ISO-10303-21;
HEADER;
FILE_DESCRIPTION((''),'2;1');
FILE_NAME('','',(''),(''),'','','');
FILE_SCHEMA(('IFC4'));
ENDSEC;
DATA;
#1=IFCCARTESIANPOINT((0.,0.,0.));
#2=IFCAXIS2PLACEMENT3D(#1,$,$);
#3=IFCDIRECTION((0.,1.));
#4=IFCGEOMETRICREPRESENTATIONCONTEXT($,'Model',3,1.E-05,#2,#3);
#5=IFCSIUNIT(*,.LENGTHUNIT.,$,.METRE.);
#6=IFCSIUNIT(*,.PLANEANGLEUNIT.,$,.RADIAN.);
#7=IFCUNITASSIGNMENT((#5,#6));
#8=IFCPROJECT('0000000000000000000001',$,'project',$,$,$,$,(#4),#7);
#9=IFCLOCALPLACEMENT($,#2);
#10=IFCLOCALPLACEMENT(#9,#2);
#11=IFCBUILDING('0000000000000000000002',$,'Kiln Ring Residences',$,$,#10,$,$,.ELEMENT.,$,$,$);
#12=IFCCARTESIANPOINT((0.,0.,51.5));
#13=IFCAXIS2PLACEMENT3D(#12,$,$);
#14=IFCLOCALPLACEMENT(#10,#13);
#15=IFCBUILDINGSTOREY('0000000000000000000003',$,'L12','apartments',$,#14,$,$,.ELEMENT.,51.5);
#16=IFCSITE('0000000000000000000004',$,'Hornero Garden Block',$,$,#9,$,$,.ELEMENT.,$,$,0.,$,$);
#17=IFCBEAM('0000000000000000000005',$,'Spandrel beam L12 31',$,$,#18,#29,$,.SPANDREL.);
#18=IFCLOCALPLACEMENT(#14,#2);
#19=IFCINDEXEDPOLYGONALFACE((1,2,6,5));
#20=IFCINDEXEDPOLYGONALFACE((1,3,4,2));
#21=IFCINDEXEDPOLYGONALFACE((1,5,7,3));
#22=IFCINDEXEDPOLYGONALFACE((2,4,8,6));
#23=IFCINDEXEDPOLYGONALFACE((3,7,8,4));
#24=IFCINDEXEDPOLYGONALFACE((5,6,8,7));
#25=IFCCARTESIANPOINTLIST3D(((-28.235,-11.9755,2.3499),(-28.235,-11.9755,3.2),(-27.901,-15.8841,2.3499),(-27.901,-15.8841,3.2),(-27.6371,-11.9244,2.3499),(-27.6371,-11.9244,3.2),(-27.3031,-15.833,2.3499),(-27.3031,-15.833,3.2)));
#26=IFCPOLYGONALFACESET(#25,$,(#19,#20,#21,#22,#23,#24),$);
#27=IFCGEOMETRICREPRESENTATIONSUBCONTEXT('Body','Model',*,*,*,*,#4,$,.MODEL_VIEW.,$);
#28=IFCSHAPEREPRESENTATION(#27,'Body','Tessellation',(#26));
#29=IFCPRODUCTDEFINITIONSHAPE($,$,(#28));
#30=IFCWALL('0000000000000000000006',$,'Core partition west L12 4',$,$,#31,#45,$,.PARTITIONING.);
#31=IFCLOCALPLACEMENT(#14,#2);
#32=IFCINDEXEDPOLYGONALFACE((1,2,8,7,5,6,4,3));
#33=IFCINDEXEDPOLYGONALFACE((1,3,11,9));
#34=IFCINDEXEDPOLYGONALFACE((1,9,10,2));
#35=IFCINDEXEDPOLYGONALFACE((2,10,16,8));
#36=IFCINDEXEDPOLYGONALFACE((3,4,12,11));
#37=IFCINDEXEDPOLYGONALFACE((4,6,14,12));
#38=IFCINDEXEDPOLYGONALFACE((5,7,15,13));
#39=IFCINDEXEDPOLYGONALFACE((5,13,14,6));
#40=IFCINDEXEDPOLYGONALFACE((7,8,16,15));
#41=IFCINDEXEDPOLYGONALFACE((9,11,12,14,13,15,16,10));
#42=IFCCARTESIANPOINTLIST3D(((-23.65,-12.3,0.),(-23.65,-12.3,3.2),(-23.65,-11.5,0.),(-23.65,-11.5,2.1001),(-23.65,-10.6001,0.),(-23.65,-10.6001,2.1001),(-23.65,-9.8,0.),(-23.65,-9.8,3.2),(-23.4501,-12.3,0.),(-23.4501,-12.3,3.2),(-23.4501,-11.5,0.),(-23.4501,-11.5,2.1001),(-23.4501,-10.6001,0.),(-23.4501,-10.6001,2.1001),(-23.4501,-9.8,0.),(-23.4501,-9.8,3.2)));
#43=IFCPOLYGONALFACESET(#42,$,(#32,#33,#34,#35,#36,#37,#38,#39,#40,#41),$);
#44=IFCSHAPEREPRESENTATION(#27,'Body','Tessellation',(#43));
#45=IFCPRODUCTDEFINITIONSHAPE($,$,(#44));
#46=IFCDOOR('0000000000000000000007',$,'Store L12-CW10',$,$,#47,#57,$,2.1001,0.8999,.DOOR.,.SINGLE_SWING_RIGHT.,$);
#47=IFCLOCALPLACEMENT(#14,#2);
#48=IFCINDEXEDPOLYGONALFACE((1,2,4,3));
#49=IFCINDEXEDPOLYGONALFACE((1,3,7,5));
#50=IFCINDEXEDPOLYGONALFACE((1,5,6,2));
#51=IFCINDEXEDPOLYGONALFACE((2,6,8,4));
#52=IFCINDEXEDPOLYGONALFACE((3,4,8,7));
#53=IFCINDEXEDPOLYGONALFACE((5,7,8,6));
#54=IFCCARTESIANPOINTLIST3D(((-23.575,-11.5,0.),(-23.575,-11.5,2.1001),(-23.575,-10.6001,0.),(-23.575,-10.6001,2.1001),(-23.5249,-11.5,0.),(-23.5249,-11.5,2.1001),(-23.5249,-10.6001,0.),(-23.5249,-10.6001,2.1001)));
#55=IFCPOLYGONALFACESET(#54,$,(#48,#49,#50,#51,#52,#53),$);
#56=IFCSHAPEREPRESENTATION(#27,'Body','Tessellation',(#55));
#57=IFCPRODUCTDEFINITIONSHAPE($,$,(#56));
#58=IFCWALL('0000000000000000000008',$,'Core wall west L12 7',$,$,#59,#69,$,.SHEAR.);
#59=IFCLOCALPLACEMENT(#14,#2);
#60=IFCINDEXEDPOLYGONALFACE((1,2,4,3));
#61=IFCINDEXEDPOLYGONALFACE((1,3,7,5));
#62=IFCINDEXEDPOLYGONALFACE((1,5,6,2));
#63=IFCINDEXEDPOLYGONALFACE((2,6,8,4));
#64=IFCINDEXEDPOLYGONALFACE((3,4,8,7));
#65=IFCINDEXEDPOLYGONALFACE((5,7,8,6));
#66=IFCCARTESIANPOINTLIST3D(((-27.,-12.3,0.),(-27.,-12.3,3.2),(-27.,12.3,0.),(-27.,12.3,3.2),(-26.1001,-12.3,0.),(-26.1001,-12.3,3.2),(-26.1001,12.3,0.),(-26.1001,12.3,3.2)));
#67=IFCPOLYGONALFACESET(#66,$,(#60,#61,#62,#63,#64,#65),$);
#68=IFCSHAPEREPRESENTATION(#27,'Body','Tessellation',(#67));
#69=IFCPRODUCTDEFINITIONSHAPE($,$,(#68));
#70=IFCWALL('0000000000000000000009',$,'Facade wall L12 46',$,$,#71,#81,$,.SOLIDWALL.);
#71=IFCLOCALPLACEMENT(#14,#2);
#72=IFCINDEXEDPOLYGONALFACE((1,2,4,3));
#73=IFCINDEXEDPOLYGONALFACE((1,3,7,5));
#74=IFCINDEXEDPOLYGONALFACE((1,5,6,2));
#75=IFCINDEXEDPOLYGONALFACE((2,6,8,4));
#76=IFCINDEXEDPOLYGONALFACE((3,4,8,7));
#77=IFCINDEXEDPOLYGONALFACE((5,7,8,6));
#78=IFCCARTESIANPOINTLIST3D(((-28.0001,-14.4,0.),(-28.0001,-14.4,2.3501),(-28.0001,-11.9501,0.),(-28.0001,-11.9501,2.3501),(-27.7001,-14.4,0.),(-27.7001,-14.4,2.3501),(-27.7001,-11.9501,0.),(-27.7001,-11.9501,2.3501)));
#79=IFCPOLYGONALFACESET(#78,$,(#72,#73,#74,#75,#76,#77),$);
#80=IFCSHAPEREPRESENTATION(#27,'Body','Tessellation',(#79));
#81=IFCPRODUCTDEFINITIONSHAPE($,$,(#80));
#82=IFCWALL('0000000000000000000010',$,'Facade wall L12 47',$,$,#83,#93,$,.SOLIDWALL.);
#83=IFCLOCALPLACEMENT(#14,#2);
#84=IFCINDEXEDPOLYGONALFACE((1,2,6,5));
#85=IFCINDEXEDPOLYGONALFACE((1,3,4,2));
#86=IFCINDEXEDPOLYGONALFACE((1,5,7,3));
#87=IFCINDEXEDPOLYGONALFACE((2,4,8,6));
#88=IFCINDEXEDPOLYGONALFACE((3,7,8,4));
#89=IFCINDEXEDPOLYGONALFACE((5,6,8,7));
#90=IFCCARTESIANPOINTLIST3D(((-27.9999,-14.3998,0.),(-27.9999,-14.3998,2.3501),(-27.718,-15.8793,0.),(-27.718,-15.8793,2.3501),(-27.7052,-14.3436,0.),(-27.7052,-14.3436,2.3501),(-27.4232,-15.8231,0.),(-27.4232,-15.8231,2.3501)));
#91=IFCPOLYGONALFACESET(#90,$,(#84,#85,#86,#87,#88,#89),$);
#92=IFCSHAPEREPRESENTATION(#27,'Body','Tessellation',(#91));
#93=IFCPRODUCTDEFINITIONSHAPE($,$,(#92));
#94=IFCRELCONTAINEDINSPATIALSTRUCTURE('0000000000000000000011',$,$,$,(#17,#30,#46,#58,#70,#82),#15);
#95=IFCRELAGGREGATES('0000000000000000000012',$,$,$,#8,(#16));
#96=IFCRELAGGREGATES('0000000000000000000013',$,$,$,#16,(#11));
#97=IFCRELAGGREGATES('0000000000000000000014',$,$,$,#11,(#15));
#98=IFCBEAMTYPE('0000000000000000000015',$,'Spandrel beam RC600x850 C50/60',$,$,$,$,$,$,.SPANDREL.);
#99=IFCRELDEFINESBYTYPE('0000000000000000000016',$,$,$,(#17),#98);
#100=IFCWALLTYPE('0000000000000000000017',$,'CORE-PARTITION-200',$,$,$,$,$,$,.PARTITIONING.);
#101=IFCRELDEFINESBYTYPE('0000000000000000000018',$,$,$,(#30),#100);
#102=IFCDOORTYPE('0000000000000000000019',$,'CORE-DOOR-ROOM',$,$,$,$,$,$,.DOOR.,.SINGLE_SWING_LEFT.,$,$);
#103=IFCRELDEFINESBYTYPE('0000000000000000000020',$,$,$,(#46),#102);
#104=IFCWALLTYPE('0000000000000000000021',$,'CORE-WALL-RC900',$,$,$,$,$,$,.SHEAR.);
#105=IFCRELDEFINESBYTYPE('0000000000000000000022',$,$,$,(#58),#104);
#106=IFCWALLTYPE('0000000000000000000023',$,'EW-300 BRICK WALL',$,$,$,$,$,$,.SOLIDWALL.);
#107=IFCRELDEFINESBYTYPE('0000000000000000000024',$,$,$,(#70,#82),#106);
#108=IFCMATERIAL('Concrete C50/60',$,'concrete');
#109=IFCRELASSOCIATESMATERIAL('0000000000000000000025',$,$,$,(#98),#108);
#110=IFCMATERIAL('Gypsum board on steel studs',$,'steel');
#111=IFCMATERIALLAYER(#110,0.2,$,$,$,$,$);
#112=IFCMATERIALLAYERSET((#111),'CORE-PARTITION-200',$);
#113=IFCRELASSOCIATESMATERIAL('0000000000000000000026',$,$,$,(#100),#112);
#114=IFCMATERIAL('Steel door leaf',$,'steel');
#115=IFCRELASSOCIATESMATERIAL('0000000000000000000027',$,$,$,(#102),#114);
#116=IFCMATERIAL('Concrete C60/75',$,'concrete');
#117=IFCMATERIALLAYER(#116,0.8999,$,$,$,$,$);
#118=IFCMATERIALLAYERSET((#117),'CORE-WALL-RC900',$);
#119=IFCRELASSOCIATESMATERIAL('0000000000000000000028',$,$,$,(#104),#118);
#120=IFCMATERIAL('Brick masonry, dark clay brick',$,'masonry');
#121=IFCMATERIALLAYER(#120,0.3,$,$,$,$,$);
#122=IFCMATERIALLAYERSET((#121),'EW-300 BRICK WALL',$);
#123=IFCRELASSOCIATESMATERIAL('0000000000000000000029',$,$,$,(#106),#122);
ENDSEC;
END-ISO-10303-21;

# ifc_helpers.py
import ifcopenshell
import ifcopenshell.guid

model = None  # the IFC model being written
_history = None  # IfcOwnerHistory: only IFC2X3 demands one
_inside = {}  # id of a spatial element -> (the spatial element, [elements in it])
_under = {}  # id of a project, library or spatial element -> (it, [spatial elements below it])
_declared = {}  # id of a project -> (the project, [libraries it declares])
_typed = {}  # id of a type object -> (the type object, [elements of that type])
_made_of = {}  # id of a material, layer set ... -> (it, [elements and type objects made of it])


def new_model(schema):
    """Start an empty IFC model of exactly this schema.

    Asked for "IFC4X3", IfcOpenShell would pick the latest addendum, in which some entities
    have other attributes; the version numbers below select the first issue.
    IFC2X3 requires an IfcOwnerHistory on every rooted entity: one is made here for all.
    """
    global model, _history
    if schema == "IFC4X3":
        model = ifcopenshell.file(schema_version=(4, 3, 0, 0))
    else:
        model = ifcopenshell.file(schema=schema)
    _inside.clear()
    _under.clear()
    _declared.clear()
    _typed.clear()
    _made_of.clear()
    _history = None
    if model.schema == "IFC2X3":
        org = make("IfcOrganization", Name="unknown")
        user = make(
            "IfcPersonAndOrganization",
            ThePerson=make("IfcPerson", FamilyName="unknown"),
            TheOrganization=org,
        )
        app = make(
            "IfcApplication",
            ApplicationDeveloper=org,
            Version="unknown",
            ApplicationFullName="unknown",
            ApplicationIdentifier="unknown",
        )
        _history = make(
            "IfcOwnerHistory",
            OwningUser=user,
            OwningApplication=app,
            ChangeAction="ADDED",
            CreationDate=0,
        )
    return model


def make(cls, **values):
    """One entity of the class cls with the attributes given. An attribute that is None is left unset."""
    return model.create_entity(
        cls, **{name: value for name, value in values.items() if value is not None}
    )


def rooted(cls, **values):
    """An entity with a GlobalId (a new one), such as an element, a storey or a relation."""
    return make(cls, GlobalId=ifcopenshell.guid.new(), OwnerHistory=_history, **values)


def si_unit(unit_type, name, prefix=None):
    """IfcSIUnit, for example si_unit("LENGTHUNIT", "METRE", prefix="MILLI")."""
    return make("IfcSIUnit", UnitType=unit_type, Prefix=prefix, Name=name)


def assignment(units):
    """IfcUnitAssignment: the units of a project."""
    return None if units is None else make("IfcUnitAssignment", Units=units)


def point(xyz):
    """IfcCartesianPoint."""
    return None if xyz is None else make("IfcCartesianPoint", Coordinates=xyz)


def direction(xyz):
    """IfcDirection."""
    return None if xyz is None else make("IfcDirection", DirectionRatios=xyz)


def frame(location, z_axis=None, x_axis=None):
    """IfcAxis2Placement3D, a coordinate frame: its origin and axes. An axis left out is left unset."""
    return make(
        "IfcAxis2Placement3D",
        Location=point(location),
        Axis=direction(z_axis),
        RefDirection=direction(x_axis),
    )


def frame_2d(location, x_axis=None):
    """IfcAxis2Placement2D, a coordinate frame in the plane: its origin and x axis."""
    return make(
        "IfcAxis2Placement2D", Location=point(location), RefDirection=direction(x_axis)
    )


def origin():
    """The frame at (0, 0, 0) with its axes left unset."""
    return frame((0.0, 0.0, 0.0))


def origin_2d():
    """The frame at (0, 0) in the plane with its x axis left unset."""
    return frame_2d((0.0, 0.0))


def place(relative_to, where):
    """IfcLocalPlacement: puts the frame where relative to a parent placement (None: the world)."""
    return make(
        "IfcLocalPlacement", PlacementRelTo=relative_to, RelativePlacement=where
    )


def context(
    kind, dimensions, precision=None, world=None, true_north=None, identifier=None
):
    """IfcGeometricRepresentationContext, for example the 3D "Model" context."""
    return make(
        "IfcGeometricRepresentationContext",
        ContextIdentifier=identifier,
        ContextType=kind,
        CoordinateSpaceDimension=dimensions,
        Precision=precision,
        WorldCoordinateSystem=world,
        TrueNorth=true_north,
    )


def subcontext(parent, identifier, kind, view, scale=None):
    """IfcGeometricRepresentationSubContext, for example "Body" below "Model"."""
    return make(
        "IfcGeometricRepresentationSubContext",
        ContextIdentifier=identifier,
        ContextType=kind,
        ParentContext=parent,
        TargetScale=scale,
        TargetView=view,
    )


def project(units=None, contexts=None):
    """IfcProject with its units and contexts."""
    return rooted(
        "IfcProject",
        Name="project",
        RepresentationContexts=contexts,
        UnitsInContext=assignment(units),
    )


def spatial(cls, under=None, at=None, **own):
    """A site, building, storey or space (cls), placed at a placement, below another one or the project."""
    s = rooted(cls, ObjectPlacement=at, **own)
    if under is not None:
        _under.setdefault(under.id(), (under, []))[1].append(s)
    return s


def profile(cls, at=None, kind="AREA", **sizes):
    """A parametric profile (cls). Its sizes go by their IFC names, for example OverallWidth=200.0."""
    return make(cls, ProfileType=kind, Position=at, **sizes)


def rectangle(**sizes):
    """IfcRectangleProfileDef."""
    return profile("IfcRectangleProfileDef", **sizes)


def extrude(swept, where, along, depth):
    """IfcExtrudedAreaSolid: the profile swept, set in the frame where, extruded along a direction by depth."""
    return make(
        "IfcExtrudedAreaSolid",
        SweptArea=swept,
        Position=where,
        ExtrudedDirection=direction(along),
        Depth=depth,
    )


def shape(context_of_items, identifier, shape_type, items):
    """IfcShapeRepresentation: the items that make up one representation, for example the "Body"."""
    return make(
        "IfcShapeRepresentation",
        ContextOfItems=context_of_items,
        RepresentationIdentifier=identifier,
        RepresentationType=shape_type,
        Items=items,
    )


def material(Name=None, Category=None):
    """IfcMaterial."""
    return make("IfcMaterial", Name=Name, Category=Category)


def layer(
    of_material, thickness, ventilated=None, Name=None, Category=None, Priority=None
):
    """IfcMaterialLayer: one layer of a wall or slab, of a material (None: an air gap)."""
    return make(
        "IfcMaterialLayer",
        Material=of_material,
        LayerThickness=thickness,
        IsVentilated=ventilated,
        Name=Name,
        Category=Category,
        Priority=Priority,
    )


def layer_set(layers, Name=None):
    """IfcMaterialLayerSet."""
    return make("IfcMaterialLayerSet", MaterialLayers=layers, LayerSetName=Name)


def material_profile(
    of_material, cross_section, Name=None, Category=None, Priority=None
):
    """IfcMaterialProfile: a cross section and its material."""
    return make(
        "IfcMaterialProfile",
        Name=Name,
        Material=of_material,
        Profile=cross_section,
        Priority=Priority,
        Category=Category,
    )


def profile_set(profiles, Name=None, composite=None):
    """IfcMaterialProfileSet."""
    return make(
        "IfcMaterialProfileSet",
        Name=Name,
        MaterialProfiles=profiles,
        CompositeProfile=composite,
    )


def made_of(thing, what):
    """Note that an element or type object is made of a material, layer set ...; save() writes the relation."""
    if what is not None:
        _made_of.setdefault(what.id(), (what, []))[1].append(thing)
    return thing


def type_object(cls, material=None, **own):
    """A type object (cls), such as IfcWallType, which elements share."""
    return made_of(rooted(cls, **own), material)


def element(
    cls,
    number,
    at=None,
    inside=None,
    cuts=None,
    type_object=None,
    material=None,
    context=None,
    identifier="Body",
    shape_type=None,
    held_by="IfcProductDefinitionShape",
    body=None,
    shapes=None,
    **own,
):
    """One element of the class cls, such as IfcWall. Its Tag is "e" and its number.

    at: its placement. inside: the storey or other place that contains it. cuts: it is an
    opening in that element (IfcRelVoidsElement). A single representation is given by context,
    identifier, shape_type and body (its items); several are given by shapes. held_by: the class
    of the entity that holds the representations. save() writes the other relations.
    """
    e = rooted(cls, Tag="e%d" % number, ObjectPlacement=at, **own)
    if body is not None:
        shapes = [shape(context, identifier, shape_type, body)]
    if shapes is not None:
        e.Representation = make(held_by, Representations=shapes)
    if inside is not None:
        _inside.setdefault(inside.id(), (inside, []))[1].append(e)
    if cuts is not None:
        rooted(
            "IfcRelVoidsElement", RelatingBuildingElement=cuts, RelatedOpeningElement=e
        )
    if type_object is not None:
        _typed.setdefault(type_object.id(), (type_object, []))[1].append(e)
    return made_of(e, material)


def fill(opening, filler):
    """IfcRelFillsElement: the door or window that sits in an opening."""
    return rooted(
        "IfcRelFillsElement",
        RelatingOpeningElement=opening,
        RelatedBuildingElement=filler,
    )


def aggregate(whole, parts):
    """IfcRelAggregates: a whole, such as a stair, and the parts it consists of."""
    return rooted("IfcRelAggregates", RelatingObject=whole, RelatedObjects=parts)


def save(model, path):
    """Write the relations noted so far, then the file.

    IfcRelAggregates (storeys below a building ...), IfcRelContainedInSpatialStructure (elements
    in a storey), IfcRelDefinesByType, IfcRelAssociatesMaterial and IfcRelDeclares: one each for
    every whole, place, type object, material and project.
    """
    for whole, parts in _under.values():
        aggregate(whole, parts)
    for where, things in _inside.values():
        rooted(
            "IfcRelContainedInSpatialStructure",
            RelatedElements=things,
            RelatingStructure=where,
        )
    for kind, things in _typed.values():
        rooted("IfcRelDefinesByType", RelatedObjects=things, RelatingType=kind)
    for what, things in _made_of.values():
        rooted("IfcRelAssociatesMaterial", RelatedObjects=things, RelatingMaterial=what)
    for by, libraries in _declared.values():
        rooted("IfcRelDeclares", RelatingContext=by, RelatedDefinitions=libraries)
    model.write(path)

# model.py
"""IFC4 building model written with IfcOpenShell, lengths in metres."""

from ifc_helpers import new_model, si_unit, direction, frame, frame_2d, origin, origin_2d, place, context, subcontext, project, spatial, rectangle, extrude, material, layer, layer_set, material_profile, profile_set, type_object, element, fill, save


model = new_model("IFC4")

# Units and contexts
model_context = context("Model", 3, precision=1e-05, world=origin(), true_north=direction((0.0, 1.0)))
body_context = subcontext(model_context, "Body", "Model", "MODEL_VIEW")
ifc_project = project(units=[si_unit("LENGTHUNIT", "METRE"), si_unit("PLANEANGLEUNIT", "RADIAN")], contexts=[model_context])

# Site, building, storey
site_placement = place(None, origin())
site = spatial("IfcSite", under=ifc_project, at=site_placement, Name="Hornero Garden Block", CompositionType="ELEMENT", RefElevation=0.0)
building_placement = place(site_placement, origin())
building = spatial("IfcBuilding", under=site, at=building_placement, Name="Kiln Ring Residences", CompositionType="ELEMENT")
storey_placement = place(building_placement, frame((0.0, 0.0, 51.5)))
storey = spatial("IfcBuildingStorey", under=building, at=storey_placement, Name="L12", Description="apartments", CompositionType="ELEMENT", Elevation=51.5)

# Beam
ifc_material_1 = material(Name="Concrete C50/60", Category="concrete")
ifc_material_profile = material_profile(ifc_material_1, rectangle(XDim=0.6001, YDim=0.8501, at=origin_2d()), Name="RC600x850")
ifc_profile_set = profile_set([ifc_material_profile], Name="Concrete C50/60")
beam_type = type_object("IfcBeamType", Name="Spandrel beam RC600x850 C50/60", PredefinedType="SPANDREL", material=ifc_profile_set)
beam_placement = place(storey_placement, frame((-27.936, -11.95, 2.7749), z_axis=(0.085136, -0.996369, 0.0), x_axis=(0.996369, 0.085136, 0.0)))
element("IfcBeam", 1, at=beam_placement, inside=storey, type_object=beam_type, Name="Spandrel beam L12 31", PredefinedType="SPANDREL", context=body_context, shape_type="SweptSolid", body=[
    extrude(rectangle(XDim=0.6001, YDim=0.8501, at=origin_2d()), origin(), (0.0, 0.0, 1.0), 3.9229),
])

# Wall, opening, door
ifc_material_2 = material(Name="Gypsum board on steel studs", Category="steel")
ifc_layer_1 = layer(ifc_material_2, 0.2)
ifc_layer_set_1 = layer_set([ifc_layer_1], Name="CORE-PARTITION-200")
wall_type_1 = type_object("IfcWallType", Name="CORE-PARTITION-200", PredefinedType="PARTITIONING", material=ifc_layer_set_1)
wall_1_placement = place(storey_placement, frame((-23.55, -12.3, 0.0), z_axis=(0.0, 0.0, 1.0), x_axis=(0.0, 1.0, 0.0)))
wall_1 = element("IfcWall", 2, at=wall_1_placement, inside=storey, type_object=wall_type_1, Name="Core partition west L12 4", PredefinedType="PARTITIONING", context=body_context, shape_type="SweptSolid", body=[
    extrude(rectangle(XDim=2.5, YDim=0.2, at=frame_2d((1.25, 0.0))), origin(), (0.0, 0.0, 1.0), 3.2),
])
opening_1_placement = place(wall_1_placement, frame((0.8, 0.0, 0.0)))
opening_1 = element("IfcOpeningElement", 3, at=opening_1_placement, cuts=wall_1, PredefinedType="OPENING", context=body_context, shape_type="SweptSolid", body=[
    extrude(rectangle(XDim=0.8999, YDim=2.1001, at=frame_2d((0.45, 1.05))), frame((0.0, 0.1099, 0.0), z_axis=(0.0, -1.0, 0.0), x_axis=(1.0, 0.0, 0.0)), (0.0, 0.0, 1.0), 0.22),
])
ifc_material_3 = material(Name="Steel door leaf", Category="steel")
door_type_1 = type_object("IfcDoorType", Name="CORE-DOOR-ROOM", OperationType="SINGLE_SWING_LEFT", PredefinedType="DOOR", material=ifc_material_3)
door_1_placement = place(opening_1_placement, origin())
door_1 = element("IfcDoor", 4, at=door_1_placement, inside=storey, type_object=door_type_1, Name="Store L12-CW10", OperationType="SINGLE_SWING_RIGHT", OverallHeight=2.1001, OverallWidth=0.8999, PredefinedType="DOOR", context=body_context, shape_type="SweptSolid", body=[
    extrude(rectangle(XDim=0.8999, YDim=2.1001, at=frame_2d((0.45, 1.05))), frame((0.0, 0.0249, 0.0), z_axis=(0.0, -1.0, 0.0), x_axis=(1.0, 0.0, 0.0)), (0.0, 0.0, 1.0), 0.05),
])
fill(opening_1, door_1)

# Walls
ifc_material_4 = material(Name="Concrete C60/75", Category="concrete")
ifc_layer_2 = layer(ifc_material_4, 0.8999)
ifc_layer_set_2 = layer_set([ifc_layer_2], Name="CORE-WALL-RC900")
wall_type_2 = type_object("IfcWallType", Name="CORE-WALL-RC900", PredefinedType="SHEAR", material=ifc_layer_set_2)
wall_2_placement = place(storey_placement, frame((-26.55, -12.3, 0.0), z_axis=(0.0, 0.0, 1.0), x_axis=(0.0, 1.0, 0.0)))
element("IfcWall", 5, at=wall_2_placement, inside=storey, type_object=wall_type_2, Name="Core wall west L12 7", PredefinedType="SHEAR", context=body_context, shape_type="SweptSolid", body=[
    extrude(rectangle(XDim=24.6001, YDim=0.8999, at=frame_2d((12.3, 0.0))), origin(), (0.0, 0.0, 1.0), 3.2),
])
ifc_material_5 = material(Name="Brick masonry, dark clay brick", Category="masonry")
ifc_layer_3 = layer(ifc_material_5, 0.3)
ifc_layer_set_3 = layer_set([ifc_layer_3], Name="EW-300 BRICK WALL")
wall_type_3 = type_object("IfcWallType", Name="EW-300 BRICK WALL", PredefinedType="SOLIDWALL", material=ifc_layer_set_3)
wall_3_placement = place(storey_placement, frame((-27.8501, -11.95, 0.0), z_axis=(0.0, 0.0, 1.0), x_axis=(0.0, -1.0, 0.0)))
element("IfcWall", 6, at=wall_3_placement, inside=storey, type_object=wall_type_3, Name="Facade wall L12 46", PredefinedType="SOLIDWALL", context=body_context, shape_type="SweptSolid", body=[
    extrude(rectangle(XDim=2.45, YDim=0.3, at=frame_2d((1.2251, 0.0))), origin(), (0.0, 0.0, 1.0), 2.3501),
])
wall_4_placement = place(storey_placement, frame((-27.8525, -14.3718, 0.0), z_axis=(0.0, 0.0, 1.0), x_axis=(0.187224, -0.982317, 0.0)))
element("IfcWall", 7, at=wall_4_placement, inside=storey, type_object=wall_type_3, Name="Facade wall L12 47", PredefinedType="SOLIDWALL", context=body_context, shape_type="SweptSolid", body=[
    extrude(rectangle(XDim=1.5061, YDim=0.3, at=frame_2d((0.7529, 0.0))), origin(), (0.0, 0.0, 1.0), 2.3501),
])

save(model, "model.ifc")
